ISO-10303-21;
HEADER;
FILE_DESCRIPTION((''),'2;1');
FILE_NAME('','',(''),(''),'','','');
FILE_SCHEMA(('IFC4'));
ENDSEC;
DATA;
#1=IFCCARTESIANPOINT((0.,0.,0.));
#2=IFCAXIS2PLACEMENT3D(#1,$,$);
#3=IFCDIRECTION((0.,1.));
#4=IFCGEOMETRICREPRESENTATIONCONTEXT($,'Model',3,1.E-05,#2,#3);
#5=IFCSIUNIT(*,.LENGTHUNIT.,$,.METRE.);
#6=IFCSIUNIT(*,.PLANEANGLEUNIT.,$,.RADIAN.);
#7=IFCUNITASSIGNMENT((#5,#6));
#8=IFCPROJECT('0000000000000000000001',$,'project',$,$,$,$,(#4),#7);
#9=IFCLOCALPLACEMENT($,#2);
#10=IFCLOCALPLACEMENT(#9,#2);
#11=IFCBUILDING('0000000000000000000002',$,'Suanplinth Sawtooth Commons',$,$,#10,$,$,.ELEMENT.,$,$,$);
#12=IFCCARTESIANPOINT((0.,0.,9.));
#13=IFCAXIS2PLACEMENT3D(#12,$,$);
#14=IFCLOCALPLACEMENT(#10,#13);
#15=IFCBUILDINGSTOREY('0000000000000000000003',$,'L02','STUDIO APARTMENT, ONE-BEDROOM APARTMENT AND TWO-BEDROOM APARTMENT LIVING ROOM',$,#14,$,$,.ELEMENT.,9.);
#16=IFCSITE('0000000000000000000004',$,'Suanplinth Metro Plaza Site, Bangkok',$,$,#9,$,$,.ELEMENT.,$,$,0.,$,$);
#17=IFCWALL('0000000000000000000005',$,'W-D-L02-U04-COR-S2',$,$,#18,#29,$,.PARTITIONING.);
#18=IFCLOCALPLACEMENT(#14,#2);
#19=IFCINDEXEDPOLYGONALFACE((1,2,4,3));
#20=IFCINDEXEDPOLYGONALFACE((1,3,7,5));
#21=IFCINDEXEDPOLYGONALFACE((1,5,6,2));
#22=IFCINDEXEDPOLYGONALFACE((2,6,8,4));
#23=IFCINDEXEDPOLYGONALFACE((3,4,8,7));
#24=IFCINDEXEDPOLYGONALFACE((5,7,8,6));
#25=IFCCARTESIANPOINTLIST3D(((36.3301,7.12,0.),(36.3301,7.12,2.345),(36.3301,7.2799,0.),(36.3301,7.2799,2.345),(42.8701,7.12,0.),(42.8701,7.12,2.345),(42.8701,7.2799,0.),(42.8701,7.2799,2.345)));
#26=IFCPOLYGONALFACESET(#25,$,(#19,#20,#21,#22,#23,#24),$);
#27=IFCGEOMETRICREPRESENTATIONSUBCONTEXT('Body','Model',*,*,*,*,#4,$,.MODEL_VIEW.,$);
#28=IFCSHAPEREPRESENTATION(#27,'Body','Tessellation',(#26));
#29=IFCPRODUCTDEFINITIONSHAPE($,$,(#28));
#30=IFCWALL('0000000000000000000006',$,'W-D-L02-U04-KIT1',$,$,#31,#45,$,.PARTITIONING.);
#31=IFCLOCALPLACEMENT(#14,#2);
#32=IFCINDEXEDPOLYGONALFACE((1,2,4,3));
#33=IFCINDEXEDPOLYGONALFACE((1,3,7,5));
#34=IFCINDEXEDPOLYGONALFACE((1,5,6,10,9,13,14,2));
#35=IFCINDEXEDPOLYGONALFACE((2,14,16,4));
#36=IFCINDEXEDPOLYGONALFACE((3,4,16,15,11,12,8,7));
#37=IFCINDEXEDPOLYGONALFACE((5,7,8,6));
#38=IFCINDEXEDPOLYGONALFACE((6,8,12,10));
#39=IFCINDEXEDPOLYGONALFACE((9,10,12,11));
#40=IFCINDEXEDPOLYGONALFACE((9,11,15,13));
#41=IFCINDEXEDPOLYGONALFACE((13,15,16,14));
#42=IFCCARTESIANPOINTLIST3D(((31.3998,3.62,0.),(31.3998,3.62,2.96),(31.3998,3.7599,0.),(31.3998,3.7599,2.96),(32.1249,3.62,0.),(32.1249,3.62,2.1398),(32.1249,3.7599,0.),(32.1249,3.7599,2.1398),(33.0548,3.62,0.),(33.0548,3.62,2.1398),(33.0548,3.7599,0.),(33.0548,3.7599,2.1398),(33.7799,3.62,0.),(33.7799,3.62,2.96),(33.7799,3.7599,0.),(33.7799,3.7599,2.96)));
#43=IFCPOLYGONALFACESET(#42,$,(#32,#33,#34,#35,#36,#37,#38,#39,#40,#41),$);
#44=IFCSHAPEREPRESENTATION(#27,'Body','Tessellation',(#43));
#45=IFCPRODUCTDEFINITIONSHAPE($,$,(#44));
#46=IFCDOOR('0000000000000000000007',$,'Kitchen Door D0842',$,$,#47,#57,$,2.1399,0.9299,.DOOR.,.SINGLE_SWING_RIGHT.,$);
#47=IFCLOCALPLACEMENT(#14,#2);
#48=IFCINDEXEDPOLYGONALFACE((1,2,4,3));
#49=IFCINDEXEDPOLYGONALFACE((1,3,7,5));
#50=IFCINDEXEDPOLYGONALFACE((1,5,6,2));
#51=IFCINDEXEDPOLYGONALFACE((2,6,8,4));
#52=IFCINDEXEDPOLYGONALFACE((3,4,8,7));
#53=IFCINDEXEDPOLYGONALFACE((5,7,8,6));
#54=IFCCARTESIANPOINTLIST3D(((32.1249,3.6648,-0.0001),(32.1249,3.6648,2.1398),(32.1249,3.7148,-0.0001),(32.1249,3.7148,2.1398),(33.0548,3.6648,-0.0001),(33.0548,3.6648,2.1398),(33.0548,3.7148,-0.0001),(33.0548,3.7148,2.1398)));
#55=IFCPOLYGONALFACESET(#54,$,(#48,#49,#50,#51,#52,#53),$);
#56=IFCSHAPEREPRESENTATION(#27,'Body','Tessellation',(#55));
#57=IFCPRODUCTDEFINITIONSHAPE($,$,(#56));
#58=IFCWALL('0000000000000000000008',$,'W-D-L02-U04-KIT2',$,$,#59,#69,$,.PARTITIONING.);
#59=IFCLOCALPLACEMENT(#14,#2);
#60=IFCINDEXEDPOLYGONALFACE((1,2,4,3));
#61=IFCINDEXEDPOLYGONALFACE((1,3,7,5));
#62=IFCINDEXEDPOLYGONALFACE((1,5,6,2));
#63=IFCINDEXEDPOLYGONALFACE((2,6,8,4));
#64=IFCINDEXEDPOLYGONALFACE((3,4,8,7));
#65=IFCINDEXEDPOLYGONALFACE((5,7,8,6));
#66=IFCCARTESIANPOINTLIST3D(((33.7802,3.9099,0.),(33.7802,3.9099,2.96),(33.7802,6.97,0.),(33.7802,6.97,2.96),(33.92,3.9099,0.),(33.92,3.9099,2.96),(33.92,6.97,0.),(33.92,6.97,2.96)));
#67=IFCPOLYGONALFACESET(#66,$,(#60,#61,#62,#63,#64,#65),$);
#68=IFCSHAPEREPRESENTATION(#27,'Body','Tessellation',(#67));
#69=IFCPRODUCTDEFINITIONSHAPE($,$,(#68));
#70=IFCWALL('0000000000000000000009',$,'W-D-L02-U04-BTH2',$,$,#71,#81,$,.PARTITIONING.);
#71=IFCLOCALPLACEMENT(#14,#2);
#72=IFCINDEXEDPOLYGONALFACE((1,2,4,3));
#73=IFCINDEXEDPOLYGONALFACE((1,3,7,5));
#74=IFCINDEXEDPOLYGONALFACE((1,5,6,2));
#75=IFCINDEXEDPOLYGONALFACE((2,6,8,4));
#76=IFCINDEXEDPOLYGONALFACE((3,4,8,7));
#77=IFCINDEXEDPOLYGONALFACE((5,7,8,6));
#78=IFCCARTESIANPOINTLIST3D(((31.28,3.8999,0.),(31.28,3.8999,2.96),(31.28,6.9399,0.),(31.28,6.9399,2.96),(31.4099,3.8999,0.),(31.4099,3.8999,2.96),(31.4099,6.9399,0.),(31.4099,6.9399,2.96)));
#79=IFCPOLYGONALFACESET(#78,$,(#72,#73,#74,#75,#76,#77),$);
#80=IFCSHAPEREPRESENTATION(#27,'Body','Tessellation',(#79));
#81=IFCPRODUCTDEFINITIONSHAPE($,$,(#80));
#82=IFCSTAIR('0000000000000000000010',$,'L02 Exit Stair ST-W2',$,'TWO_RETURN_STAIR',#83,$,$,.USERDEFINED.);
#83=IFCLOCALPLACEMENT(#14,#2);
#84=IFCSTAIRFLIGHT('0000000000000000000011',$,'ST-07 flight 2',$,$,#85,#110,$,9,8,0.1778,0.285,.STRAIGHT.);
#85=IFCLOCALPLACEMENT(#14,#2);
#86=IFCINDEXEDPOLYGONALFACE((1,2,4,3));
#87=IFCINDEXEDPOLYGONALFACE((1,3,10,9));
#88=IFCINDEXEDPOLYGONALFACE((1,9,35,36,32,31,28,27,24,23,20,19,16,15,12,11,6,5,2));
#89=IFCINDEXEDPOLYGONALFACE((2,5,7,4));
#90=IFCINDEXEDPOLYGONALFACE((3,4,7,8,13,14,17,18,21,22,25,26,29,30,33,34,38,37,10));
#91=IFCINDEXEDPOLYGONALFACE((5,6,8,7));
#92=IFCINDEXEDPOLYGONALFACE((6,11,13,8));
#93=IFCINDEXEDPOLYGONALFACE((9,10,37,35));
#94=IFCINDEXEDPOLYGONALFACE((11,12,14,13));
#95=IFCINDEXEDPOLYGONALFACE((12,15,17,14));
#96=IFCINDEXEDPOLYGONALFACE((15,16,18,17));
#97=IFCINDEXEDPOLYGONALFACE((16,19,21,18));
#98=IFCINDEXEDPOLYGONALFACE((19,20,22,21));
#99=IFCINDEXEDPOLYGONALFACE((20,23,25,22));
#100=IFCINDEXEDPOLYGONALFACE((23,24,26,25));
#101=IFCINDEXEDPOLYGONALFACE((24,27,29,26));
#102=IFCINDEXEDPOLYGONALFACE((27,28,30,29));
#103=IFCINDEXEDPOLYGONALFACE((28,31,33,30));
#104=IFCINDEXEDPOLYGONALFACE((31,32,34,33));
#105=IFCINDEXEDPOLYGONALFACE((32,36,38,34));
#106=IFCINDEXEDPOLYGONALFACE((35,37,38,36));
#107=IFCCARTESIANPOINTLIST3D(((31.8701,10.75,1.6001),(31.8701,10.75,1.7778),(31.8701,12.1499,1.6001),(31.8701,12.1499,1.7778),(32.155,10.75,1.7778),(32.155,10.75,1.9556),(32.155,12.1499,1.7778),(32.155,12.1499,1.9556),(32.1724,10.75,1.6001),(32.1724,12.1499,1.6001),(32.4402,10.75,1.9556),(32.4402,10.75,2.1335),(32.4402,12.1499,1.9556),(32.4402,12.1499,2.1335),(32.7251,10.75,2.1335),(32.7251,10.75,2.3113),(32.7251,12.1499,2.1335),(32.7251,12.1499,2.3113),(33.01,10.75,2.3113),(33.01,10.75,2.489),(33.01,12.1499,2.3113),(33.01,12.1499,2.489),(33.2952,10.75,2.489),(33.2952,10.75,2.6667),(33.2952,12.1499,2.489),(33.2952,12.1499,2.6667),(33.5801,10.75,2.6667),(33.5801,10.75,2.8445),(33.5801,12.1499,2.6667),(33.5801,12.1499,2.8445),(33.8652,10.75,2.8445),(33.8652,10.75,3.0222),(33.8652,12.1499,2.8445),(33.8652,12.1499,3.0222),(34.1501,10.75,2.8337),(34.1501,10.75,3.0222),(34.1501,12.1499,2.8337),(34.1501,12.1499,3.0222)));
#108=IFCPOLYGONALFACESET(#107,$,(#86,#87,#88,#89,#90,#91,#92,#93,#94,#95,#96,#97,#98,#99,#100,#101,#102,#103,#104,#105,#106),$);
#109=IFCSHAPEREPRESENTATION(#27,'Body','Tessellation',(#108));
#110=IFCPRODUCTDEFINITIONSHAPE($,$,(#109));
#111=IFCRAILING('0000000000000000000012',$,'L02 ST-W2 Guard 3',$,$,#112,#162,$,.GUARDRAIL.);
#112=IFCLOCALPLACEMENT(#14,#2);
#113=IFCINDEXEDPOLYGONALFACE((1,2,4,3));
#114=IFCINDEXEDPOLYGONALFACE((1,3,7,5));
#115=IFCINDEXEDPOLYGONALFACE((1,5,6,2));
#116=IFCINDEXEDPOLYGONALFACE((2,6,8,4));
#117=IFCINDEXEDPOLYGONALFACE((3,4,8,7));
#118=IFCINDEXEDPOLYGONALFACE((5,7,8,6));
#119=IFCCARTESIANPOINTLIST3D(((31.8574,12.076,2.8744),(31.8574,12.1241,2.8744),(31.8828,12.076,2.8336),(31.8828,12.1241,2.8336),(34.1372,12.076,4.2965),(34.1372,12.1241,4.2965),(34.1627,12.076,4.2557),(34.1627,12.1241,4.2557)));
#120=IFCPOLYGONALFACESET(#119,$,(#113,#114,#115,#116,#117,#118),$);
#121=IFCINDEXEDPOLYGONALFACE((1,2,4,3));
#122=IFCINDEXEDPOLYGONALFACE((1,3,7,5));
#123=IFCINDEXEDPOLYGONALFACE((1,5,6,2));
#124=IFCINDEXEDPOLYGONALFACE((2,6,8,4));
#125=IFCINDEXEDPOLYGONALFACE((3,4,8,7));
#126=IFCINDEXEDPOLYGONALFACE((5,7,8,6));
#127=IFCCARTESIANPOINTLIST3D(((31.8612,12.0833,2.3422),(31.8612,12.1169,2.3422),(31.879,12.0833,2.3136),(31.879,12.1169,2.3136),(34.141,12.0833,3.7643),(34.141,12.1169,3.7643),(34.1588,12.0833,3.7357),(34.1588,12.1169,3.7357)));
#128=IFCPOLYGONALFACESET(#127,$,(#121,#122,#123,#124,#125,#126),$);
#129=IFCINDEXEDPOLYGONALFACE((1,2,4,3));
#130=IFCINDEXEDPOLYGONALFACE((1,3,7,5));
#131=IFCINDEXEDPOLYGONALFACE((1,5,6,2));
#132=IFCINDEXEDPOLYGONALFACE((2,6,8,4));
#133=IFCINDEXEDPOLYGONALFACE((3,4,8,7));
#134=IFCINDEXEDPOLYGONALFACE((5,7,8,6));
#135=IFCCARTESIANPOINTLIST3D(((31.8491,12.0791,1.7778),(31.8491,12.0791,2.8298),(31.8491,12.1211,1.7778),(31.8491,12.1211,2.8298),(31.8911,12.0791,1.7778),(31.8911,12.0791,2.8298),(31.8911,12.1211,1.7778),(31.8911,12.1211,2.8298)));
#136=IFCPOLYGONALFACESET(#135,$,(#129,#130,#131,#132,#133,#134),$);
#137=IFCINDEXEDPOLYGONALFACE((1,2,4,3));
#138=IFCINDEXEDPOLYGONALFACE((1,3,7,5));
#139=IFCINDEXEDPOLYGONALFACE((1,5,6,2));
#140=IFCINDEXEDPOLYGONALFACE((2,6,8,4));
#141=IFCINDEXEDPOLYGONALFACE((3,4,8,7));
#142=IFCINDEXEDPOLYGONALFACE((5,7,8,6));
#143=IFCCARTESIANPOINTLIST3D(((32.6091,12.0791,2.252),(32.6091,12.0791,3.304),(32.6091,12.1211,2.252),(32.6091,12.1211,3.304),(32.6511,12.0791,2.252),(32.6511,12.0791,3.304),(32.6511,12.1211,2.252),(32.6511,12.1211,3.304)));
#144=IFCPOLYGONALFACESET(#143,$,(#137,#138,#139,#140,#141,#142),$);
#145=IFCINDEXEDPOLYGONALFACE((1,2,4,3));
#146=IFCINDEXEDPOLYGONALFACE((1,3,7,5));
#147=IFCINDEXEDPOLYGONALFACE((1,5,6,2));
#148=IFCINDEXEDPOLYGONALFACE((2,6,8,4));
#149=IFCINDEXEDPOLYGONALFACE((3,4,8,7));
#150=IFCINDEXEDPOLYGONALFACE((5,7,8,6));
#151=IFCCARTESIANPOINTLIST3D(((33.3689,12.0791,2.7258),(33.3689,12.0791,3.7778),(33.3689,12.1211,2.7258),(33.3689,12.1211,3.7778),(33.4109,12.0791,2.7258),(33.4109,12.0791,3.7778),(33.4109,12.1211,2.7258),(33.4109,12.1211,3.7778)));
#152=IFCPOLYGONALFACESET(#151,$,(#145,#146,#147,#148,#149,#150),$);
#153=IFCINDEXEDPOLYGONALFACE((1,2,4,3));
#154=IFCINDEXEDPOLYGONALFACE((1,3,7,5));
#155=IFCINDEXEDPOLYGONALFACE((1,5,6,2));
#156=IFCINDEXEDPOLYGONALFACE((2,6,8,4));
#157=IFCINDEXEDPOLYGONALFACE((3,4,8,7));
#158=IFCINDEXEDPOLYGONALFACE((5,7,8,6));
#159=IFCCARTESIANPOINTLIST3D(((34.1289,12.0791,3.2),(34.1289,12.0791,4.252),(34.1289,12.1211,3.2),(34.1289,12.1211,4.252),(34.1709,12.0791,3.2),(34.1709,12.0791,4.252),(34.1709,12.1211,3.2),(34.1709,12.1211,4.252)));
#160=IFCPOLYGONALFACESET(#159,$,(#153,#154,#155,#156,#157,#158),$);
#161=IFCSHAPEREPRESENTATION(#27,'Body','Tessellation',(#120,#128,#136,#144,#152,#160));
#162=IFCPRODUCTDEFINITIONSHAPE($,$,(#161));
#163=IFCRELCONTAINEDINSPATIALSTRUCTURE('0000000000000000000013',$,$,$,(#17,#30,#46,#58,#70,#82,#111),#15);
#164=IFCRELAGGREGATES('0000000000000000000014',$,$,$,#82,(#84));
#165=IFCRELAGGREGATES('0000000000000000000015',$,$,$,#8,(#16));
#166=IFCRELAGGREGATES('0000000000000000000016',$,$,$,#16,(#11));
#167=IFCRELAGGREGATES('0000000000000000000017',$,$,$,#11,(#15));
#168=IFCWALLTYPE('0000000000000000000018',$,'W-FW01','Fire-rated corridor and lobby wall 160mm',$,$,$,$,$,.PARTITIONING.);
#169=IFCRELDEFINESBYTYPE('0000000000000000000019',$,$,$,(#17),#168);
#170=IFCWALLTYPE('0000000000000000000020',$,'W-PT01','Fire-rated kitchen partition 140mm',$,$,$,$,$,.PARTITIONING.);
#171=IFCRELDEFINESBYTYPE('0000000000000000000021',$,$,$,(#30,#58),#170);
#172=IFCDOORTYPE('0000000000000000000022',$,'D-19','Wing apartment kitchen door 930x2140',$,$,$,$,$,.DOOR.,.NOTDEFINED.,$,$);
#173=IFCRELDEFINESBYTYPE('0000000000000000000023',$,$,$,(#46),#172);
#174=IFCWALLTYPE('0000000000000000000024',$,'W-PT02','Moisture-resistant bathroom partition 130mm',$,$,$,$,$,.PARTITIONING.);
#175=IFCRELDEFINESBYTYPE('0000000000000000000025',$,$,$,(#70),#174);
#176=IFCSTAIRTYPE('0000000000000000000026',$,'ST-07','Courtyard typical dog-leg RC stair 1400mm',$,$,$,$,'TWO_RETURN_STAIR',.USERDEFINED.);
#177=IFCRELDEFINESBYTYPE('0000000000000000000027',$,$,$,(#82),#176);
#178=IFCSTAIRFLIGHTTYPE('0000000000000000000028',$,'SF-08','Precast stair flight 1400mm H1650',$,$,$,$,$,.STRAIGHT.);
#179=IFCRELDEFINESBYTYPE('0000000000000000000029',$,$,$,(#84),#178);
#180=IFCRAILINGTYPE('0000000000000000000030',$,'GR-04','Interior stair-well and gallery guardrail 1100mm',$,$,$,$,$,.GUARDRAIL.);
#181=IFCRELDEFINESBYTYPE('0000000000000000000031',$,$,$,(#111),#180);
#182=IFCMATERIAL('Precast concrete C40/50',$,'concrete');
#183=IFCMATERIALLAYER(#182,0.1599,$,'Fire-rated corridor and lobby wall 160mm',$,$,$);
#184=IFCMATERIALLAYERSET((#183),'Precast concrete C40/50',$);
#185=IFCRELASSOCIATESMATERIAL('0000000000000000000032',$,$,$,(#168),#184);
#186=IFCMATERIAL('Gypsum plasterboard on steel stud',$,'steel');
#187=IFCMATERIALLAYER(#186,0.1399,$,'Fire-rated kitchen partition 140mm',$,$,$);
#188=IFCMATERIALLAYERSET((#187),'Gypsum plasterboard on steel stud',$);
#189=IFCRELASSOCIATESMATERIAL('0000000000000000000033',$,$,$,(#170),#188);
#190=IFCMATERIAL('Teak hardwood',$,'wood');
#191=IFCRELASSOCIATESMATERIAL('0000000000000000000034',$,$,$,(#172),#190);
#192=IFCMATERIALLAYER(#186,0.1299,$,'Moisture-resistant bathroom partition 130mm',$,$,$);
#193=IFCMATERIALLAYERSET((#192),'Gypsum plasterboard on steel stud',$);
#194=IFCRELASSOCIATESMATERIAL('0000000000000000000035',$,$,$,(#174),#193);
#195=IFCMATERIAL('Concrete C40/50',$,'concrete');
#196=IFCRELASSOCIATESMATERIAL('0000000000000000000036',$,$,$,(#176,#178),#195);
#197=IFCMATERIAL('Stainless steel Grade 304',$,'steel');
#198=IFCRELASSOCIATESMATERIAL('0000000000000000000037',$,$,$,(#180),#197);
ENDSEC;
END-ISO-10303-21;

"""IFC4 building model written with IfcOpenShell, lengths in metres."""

from ifc_helpers import new_model, si_unit, direction, frame, frame_2d, origin, origin_2d, place, context, subcontext, project, spatial, polyline, rectangle, outline, extrude, material, layer, layer_set, type_object, element, fill, aggregate, save


model = new_model("IFC4")

# Units and contexts
model_context = context("Model", 3, precision=1e-05, world=origin(), true_north=direction((0.0, 1.0)))
body_context = subcontext(model_context, "Body", "Model", "MODEL_VIEW")
ifc_project = project(units=[si_unit("LENGTHUNIT", "METRE"), si_unit("PLANEANGLEUNIT", "RADIAN")], contexts=[model_context])

# Site, building, storey
site_placement = place(None, origin())
site = spatial("IfcSite", under=ifc_project, at=site_placement, Name="Suanplinth Metro Plaza Site, Bangkok", CompositionType="ELEMENT", RefElevation=0.0)
building_placement = place(site_placement, origin())
building = spatial("IfcBuilding", under=site, at=building_placement, Name="Suanplinth Sawtooth Commons", CompositionType="ELEMENT")
storey_placement = place(building_placement, frame((0.0, 0.0, 9.0)))
storey = spatial("IfcBuildingStorey", under=building, at=storey_placement, Name="L02", Description="STUDIO APARTMENT, ONE-BEDROOM APARTMENT AND TWO-BEDROOM APARTMENT LIVING ROOM", CompositionType="ELEMENT", Elevation=9.0)

# Shared definitions
ifc_material_1 = material(Name="Precast concrete C40/50", Category="concrete")

# Shared definitions
ifc_material_2 = material(Name="Concrete C40/50", Category="concrete")

# Shared definitions
ifc_layer_1 = layer(ifc_material_1, 0.1599, Name="Fire-rated corridor and lobby wall 160mm")
ifc_layer_set_1 = layer_set([ifc_layer_1], Name="Precast concrete C40/50")
wall_type_1 = type_object("IfcWallType", Name="W-FW01", Description="Fire-rated corridor and lobby wall 160mm", PredefinedType="PARTITIONING", material=ifc_layer_set_1)

# Wall
wall_1_placement = place(storey_placement, frame((36.3301, 7.2, 0.0), z_axis=(0.0, 0.0, 1.0), x_axis=(1.0, 0.0, 0.0)))
element("IfcWall", 1, at=wall_1_placement, inside=storey, type_object=wall_type_1, Name="W-D-L02-U04-COR-S2", PredefinedType="PARTITIONING", context=body_context, shape_type="SweptSolid", body=[
    extrude(rectangle(XDim=6.54, YDim=0.1599, at=frame_2d((3.27, 0.0))), origin(), (0.0, 0.0, 1.0), 2.345),
])

# Wall, opening, door
ifc_material_3 = material(Name="Gypsum plasterboard on steel stud", Category="steel")
ifc_layer_2 = layer(ifc_material_3, 0.1399, Name="Fire-rated kitchen partition 140mm")
ifc_layer_set_2 = layer_set([ifc_layer_2], Name="Gypsum plasterboard on steel stud")
wall_type_2 = type_object("IfcWallType", Name="W-PT01", Description="Fire-rated kitchen partition 140mm", PredefinedType="PARTITIONING", material=ifc_layer_set_2)
wall_2_placement = place(storey_placement, frame((31.3999, 3.6899, 0.0), z_axis=(0.0, 0.0, 1.0), x_axis=(1.0, 0.0, 0.0)))
wall_2 = element("IfcWall", 2, at=wall_2_placement, inside=storey, type_object=wall_type_2, Name="W-D-L02-U04-KIT1", PredefinedType="PARTITIONING", context=body_context, shape_type="SweptSolid", body=[
    extrude(rectangle(XDim=2.3801, YDim=0.1399, at=frame_2d((1.1899, 0.0))), origin(), (0.0, 0.0, 1.0), 2.96),
])
opening_1_placement = place(wall_2_placement, frame((0.7251, 0.0, 0.0)))
opening_1 = element("IfcOpeningElement", 3, at=opening_1_placement, cuts=wall_2, PredefinedType="OPENING", context=body_context, shape_type="SweptSolid", body=[
    extrude(rectangle(XDim=0.9299, YDim=2.1399, at=frame_2d((0.4648, 1.0698))), frame((0.0, 0.085, 0.0), z_axis=(0.0, -1.0, 0.0), x_axis=(1.0, 0.0, 0.0)), (0.0, 0.0, 1.0), 0.1697),
])
ifc_material_4 = material(Name="Teak hardwood", Category="wood")
door_type_1 = type_object("IfcDoorType", Name="D-19", Description="Wing apartment kitchen door 930x2140", OperationType="NOTDEFINED", PredefinedType="DOOR", material=ifc_material_4)
door_1_placement = place(opening_1_placement, origin())
door_1 = element("IfcDoor", 4, at=door_1_placement, inside=storey, type_object=door_type_1, Name="Kitchen Door D0842", OperationType="SINGLE_SWING_RIGHT", OverallHeight=2.1399, OverallWidth=0.9299, PredefinedType="DOOR", context=body_context, shape_type="SweptSolid", body=[
    extrude(rectangle(XDim=0.9299, YDim=2.1399, at=frame_2d((0.4648, 1.0698))), frame((0.0, 0.0249, 0.0), z_axis=(0.0, -1.0, 0.0), x_axis=(1.0, 0.0, 0.0)), (0.0, 0.0, 1.0), 0.05),
])
fill(opening_1, door_1)

# Walls
wall_3_placement = place(storey_placement, frame((33.8501, 3.9099, 0.0), z_axis=(0.0, 0.0, 1.0), x_axis=(0.0, 1.0, 0.0)))
element("IfcWall", 5, at=wall_3_placement, inside=storey, type_object=wall_type_2, Name="W-D-L02-U04-KIT2", PredefinedType="PARTITIONING", context=body_context, shape_type="SweptSolid", body=[
    extrude(rectangle(XDim=3.0601, YDim=0.1399, at=frame_2d((1.53, 0.0))), origin(), (0.0, 0.0, 1.0), 2.96),
])
ifc_layer_3 = layer(ifc_material_3, 0.1299, Name="Moisture-resistant bathroom partition 130mm")
ifc_layer_set_3 = layer_set([ifc_layer_3], Name="Gypsum plasterboard on steel stud")
wall_type_3 = type_object("IfcWallType", Name="W-PT02", Description="Moisture-resistant bathroom partition 130mm", PredefinedType="PARTITIONING", material=ifc_layer_set_3)
wall_4_placement = place(storey_placement, frame((31.345, 3.8999, 0.0), z_axis=(0.0, 0.0, 1.0), x_axis=(0.0, 1.0, 0.0)))
element("IfcWall", 6, at=wall_4_placement, inside=storey, type_object=wall_type_3, Name="W-D-L02-U04-BTH2", PredefinedType="PARTITIONING", context=body_context, shape_type="SweptSolid", body=[
    extrude(rectangle(XDim=3.04, YDim=0.1299, at=frame_2d((1.52, 0.0))), origin(), (0.0, 0.0, 1.0), 2.96),
])

# Stair, stair flight
stair_type = type_object("IfcStairType", Name="ST-07", Description="Courtyard typical dog-leg RC stair 1400mm", ElementType="TWO_RETURN_STAIR", PredefinedType="USERDEFINED", material=ifc_material_2)
stair_placement = place(storey_placement, origin())
stair = element("IfcStair", 7, at=stair_placement, inside=storey, type_object=stair_type, Name="L02 Exit Stair ST-W2", ObjectType="TWO_RETURN_STAIR", PredefinedType="USERDEFINED")
stair_flight_type = type_object("IfcStairFlightType", Name="SF-08", Description="Precast stair flight 1400mm H1650", PredefinedType="STRAIGHT", material=ifc_material_2)
stair_flight_placement = place(storey_placement, frame((31.8701, 11.45, 1.6001), z_axis=(0.0, 0.0, 1.0), x_axis=(1.0, 0.0, 0.0)))
stair_flight = element("IfcStairFlight", 8, at=stair_flight_placement, type_object=stair_flight_type, Name="ST-07 flight 2", NumberOfRisers=9, NumberOfTreads=8, PredefinedType="STRAIGHT", RiserHeight=0.1778, TreadLength=0.285, context=body_context, shape_type="SweptSolid", body=[
    extrude(outline(polyline([(0.0, 0.0), (0.0, 0.1777), (0.2849, 0.1777), (0.2849, 0.3555), (0.5701, 0.3555), (0.5701, 0.5334), (0.855, 0.5334), (0.855, 0.7112), (1.1399, 0.7112), (1.1399, 0.8889), (1.425, 0.8889), (1.425, 1.0667), (1.71, 1.0667), (1.71, 1.2444), (1.9951, 1.2444), (1.9951, 1.4221), (2.28, 1.4221), (2.28, 1.6001), (2.28, 1.2336), (0.3022, 0.0), (0.0, 0.0)])), frame((0.0, 0.7, 0.0), z_axis=(0.0, -1.0, 0.0), x_axis=(1.0, 0.0, 0.0)), (0.0, 0.0, 1.0), 1.3999),
])
aggregate(stair, [stair_flight])

# Railing
ifc_material_5 = material(Name="Stainless steel Grade 304", Category="steel")
railing_type_1 = type_object("IfcRailingType", Name="GR-04", Description="Interior stair-well and gallery guardrail 1100mm", PredefinedType="GUARDRAIL", material=ifc_material_5)
railing_1_placement = place(storey_placement, frame((31.8701, 12.1001, 1.7778)))
element("IfcRailing", 9, at=railing_1_placement, inside=storey, type_object=railing_type_1, Name="L02 ST-W2 Guard 3", PredefinedType="GUARDRAIL", context=body_context, shape_type="SweptSolid", body=[
    extrude(rectangle(XDim=0.0481, YDim=0.0481, at=origin_2d()), frame((0.0, 0.0, 1.0762), z_axis=(0.848457, 0.0, 0.529264), x_axis=(0.0, 1.0, 0.0)), (0.0, 0.0, 1.0), 2.687),
    extrude(rectangle(XDim=0.0337, YDim=0.0337, at=origin_2d()), frame((0.0, 0.0, 0.55), z_axis=(0.848457, 0.0, 0.529264), x_axis=(0.0, 1.0, 0.0)), (0.0, 0.0, 1.0), 2.687),
    extrude(rectangle(XDim=0.042, YDim=0.042, at=origin_2d()), origin(), (0.0, 0.0, 1.0), 1.052),
    extrude(rectangle(XDim=0.042, YDim=0.042, at=origin_2d()), frame((0.76, 0.0, 0.4741)), (0.0, 0.0, 1.0), 1.052),
    extrude(rectangle(XDim=0.042, YDim=0.042, at=origin_2d()), frame((1.5198, 0.0, 0.948)), (0.0, 0.0, 1.0), 1.052),
    extrude(rectangle(XDim=0.042, YDim=0.042, at=origin_2d()), frame((2.2798, 0.0, 1.4221)), (0.0, 0.0, 1.0), 1.052),
])

save(model, "model.ifc")
